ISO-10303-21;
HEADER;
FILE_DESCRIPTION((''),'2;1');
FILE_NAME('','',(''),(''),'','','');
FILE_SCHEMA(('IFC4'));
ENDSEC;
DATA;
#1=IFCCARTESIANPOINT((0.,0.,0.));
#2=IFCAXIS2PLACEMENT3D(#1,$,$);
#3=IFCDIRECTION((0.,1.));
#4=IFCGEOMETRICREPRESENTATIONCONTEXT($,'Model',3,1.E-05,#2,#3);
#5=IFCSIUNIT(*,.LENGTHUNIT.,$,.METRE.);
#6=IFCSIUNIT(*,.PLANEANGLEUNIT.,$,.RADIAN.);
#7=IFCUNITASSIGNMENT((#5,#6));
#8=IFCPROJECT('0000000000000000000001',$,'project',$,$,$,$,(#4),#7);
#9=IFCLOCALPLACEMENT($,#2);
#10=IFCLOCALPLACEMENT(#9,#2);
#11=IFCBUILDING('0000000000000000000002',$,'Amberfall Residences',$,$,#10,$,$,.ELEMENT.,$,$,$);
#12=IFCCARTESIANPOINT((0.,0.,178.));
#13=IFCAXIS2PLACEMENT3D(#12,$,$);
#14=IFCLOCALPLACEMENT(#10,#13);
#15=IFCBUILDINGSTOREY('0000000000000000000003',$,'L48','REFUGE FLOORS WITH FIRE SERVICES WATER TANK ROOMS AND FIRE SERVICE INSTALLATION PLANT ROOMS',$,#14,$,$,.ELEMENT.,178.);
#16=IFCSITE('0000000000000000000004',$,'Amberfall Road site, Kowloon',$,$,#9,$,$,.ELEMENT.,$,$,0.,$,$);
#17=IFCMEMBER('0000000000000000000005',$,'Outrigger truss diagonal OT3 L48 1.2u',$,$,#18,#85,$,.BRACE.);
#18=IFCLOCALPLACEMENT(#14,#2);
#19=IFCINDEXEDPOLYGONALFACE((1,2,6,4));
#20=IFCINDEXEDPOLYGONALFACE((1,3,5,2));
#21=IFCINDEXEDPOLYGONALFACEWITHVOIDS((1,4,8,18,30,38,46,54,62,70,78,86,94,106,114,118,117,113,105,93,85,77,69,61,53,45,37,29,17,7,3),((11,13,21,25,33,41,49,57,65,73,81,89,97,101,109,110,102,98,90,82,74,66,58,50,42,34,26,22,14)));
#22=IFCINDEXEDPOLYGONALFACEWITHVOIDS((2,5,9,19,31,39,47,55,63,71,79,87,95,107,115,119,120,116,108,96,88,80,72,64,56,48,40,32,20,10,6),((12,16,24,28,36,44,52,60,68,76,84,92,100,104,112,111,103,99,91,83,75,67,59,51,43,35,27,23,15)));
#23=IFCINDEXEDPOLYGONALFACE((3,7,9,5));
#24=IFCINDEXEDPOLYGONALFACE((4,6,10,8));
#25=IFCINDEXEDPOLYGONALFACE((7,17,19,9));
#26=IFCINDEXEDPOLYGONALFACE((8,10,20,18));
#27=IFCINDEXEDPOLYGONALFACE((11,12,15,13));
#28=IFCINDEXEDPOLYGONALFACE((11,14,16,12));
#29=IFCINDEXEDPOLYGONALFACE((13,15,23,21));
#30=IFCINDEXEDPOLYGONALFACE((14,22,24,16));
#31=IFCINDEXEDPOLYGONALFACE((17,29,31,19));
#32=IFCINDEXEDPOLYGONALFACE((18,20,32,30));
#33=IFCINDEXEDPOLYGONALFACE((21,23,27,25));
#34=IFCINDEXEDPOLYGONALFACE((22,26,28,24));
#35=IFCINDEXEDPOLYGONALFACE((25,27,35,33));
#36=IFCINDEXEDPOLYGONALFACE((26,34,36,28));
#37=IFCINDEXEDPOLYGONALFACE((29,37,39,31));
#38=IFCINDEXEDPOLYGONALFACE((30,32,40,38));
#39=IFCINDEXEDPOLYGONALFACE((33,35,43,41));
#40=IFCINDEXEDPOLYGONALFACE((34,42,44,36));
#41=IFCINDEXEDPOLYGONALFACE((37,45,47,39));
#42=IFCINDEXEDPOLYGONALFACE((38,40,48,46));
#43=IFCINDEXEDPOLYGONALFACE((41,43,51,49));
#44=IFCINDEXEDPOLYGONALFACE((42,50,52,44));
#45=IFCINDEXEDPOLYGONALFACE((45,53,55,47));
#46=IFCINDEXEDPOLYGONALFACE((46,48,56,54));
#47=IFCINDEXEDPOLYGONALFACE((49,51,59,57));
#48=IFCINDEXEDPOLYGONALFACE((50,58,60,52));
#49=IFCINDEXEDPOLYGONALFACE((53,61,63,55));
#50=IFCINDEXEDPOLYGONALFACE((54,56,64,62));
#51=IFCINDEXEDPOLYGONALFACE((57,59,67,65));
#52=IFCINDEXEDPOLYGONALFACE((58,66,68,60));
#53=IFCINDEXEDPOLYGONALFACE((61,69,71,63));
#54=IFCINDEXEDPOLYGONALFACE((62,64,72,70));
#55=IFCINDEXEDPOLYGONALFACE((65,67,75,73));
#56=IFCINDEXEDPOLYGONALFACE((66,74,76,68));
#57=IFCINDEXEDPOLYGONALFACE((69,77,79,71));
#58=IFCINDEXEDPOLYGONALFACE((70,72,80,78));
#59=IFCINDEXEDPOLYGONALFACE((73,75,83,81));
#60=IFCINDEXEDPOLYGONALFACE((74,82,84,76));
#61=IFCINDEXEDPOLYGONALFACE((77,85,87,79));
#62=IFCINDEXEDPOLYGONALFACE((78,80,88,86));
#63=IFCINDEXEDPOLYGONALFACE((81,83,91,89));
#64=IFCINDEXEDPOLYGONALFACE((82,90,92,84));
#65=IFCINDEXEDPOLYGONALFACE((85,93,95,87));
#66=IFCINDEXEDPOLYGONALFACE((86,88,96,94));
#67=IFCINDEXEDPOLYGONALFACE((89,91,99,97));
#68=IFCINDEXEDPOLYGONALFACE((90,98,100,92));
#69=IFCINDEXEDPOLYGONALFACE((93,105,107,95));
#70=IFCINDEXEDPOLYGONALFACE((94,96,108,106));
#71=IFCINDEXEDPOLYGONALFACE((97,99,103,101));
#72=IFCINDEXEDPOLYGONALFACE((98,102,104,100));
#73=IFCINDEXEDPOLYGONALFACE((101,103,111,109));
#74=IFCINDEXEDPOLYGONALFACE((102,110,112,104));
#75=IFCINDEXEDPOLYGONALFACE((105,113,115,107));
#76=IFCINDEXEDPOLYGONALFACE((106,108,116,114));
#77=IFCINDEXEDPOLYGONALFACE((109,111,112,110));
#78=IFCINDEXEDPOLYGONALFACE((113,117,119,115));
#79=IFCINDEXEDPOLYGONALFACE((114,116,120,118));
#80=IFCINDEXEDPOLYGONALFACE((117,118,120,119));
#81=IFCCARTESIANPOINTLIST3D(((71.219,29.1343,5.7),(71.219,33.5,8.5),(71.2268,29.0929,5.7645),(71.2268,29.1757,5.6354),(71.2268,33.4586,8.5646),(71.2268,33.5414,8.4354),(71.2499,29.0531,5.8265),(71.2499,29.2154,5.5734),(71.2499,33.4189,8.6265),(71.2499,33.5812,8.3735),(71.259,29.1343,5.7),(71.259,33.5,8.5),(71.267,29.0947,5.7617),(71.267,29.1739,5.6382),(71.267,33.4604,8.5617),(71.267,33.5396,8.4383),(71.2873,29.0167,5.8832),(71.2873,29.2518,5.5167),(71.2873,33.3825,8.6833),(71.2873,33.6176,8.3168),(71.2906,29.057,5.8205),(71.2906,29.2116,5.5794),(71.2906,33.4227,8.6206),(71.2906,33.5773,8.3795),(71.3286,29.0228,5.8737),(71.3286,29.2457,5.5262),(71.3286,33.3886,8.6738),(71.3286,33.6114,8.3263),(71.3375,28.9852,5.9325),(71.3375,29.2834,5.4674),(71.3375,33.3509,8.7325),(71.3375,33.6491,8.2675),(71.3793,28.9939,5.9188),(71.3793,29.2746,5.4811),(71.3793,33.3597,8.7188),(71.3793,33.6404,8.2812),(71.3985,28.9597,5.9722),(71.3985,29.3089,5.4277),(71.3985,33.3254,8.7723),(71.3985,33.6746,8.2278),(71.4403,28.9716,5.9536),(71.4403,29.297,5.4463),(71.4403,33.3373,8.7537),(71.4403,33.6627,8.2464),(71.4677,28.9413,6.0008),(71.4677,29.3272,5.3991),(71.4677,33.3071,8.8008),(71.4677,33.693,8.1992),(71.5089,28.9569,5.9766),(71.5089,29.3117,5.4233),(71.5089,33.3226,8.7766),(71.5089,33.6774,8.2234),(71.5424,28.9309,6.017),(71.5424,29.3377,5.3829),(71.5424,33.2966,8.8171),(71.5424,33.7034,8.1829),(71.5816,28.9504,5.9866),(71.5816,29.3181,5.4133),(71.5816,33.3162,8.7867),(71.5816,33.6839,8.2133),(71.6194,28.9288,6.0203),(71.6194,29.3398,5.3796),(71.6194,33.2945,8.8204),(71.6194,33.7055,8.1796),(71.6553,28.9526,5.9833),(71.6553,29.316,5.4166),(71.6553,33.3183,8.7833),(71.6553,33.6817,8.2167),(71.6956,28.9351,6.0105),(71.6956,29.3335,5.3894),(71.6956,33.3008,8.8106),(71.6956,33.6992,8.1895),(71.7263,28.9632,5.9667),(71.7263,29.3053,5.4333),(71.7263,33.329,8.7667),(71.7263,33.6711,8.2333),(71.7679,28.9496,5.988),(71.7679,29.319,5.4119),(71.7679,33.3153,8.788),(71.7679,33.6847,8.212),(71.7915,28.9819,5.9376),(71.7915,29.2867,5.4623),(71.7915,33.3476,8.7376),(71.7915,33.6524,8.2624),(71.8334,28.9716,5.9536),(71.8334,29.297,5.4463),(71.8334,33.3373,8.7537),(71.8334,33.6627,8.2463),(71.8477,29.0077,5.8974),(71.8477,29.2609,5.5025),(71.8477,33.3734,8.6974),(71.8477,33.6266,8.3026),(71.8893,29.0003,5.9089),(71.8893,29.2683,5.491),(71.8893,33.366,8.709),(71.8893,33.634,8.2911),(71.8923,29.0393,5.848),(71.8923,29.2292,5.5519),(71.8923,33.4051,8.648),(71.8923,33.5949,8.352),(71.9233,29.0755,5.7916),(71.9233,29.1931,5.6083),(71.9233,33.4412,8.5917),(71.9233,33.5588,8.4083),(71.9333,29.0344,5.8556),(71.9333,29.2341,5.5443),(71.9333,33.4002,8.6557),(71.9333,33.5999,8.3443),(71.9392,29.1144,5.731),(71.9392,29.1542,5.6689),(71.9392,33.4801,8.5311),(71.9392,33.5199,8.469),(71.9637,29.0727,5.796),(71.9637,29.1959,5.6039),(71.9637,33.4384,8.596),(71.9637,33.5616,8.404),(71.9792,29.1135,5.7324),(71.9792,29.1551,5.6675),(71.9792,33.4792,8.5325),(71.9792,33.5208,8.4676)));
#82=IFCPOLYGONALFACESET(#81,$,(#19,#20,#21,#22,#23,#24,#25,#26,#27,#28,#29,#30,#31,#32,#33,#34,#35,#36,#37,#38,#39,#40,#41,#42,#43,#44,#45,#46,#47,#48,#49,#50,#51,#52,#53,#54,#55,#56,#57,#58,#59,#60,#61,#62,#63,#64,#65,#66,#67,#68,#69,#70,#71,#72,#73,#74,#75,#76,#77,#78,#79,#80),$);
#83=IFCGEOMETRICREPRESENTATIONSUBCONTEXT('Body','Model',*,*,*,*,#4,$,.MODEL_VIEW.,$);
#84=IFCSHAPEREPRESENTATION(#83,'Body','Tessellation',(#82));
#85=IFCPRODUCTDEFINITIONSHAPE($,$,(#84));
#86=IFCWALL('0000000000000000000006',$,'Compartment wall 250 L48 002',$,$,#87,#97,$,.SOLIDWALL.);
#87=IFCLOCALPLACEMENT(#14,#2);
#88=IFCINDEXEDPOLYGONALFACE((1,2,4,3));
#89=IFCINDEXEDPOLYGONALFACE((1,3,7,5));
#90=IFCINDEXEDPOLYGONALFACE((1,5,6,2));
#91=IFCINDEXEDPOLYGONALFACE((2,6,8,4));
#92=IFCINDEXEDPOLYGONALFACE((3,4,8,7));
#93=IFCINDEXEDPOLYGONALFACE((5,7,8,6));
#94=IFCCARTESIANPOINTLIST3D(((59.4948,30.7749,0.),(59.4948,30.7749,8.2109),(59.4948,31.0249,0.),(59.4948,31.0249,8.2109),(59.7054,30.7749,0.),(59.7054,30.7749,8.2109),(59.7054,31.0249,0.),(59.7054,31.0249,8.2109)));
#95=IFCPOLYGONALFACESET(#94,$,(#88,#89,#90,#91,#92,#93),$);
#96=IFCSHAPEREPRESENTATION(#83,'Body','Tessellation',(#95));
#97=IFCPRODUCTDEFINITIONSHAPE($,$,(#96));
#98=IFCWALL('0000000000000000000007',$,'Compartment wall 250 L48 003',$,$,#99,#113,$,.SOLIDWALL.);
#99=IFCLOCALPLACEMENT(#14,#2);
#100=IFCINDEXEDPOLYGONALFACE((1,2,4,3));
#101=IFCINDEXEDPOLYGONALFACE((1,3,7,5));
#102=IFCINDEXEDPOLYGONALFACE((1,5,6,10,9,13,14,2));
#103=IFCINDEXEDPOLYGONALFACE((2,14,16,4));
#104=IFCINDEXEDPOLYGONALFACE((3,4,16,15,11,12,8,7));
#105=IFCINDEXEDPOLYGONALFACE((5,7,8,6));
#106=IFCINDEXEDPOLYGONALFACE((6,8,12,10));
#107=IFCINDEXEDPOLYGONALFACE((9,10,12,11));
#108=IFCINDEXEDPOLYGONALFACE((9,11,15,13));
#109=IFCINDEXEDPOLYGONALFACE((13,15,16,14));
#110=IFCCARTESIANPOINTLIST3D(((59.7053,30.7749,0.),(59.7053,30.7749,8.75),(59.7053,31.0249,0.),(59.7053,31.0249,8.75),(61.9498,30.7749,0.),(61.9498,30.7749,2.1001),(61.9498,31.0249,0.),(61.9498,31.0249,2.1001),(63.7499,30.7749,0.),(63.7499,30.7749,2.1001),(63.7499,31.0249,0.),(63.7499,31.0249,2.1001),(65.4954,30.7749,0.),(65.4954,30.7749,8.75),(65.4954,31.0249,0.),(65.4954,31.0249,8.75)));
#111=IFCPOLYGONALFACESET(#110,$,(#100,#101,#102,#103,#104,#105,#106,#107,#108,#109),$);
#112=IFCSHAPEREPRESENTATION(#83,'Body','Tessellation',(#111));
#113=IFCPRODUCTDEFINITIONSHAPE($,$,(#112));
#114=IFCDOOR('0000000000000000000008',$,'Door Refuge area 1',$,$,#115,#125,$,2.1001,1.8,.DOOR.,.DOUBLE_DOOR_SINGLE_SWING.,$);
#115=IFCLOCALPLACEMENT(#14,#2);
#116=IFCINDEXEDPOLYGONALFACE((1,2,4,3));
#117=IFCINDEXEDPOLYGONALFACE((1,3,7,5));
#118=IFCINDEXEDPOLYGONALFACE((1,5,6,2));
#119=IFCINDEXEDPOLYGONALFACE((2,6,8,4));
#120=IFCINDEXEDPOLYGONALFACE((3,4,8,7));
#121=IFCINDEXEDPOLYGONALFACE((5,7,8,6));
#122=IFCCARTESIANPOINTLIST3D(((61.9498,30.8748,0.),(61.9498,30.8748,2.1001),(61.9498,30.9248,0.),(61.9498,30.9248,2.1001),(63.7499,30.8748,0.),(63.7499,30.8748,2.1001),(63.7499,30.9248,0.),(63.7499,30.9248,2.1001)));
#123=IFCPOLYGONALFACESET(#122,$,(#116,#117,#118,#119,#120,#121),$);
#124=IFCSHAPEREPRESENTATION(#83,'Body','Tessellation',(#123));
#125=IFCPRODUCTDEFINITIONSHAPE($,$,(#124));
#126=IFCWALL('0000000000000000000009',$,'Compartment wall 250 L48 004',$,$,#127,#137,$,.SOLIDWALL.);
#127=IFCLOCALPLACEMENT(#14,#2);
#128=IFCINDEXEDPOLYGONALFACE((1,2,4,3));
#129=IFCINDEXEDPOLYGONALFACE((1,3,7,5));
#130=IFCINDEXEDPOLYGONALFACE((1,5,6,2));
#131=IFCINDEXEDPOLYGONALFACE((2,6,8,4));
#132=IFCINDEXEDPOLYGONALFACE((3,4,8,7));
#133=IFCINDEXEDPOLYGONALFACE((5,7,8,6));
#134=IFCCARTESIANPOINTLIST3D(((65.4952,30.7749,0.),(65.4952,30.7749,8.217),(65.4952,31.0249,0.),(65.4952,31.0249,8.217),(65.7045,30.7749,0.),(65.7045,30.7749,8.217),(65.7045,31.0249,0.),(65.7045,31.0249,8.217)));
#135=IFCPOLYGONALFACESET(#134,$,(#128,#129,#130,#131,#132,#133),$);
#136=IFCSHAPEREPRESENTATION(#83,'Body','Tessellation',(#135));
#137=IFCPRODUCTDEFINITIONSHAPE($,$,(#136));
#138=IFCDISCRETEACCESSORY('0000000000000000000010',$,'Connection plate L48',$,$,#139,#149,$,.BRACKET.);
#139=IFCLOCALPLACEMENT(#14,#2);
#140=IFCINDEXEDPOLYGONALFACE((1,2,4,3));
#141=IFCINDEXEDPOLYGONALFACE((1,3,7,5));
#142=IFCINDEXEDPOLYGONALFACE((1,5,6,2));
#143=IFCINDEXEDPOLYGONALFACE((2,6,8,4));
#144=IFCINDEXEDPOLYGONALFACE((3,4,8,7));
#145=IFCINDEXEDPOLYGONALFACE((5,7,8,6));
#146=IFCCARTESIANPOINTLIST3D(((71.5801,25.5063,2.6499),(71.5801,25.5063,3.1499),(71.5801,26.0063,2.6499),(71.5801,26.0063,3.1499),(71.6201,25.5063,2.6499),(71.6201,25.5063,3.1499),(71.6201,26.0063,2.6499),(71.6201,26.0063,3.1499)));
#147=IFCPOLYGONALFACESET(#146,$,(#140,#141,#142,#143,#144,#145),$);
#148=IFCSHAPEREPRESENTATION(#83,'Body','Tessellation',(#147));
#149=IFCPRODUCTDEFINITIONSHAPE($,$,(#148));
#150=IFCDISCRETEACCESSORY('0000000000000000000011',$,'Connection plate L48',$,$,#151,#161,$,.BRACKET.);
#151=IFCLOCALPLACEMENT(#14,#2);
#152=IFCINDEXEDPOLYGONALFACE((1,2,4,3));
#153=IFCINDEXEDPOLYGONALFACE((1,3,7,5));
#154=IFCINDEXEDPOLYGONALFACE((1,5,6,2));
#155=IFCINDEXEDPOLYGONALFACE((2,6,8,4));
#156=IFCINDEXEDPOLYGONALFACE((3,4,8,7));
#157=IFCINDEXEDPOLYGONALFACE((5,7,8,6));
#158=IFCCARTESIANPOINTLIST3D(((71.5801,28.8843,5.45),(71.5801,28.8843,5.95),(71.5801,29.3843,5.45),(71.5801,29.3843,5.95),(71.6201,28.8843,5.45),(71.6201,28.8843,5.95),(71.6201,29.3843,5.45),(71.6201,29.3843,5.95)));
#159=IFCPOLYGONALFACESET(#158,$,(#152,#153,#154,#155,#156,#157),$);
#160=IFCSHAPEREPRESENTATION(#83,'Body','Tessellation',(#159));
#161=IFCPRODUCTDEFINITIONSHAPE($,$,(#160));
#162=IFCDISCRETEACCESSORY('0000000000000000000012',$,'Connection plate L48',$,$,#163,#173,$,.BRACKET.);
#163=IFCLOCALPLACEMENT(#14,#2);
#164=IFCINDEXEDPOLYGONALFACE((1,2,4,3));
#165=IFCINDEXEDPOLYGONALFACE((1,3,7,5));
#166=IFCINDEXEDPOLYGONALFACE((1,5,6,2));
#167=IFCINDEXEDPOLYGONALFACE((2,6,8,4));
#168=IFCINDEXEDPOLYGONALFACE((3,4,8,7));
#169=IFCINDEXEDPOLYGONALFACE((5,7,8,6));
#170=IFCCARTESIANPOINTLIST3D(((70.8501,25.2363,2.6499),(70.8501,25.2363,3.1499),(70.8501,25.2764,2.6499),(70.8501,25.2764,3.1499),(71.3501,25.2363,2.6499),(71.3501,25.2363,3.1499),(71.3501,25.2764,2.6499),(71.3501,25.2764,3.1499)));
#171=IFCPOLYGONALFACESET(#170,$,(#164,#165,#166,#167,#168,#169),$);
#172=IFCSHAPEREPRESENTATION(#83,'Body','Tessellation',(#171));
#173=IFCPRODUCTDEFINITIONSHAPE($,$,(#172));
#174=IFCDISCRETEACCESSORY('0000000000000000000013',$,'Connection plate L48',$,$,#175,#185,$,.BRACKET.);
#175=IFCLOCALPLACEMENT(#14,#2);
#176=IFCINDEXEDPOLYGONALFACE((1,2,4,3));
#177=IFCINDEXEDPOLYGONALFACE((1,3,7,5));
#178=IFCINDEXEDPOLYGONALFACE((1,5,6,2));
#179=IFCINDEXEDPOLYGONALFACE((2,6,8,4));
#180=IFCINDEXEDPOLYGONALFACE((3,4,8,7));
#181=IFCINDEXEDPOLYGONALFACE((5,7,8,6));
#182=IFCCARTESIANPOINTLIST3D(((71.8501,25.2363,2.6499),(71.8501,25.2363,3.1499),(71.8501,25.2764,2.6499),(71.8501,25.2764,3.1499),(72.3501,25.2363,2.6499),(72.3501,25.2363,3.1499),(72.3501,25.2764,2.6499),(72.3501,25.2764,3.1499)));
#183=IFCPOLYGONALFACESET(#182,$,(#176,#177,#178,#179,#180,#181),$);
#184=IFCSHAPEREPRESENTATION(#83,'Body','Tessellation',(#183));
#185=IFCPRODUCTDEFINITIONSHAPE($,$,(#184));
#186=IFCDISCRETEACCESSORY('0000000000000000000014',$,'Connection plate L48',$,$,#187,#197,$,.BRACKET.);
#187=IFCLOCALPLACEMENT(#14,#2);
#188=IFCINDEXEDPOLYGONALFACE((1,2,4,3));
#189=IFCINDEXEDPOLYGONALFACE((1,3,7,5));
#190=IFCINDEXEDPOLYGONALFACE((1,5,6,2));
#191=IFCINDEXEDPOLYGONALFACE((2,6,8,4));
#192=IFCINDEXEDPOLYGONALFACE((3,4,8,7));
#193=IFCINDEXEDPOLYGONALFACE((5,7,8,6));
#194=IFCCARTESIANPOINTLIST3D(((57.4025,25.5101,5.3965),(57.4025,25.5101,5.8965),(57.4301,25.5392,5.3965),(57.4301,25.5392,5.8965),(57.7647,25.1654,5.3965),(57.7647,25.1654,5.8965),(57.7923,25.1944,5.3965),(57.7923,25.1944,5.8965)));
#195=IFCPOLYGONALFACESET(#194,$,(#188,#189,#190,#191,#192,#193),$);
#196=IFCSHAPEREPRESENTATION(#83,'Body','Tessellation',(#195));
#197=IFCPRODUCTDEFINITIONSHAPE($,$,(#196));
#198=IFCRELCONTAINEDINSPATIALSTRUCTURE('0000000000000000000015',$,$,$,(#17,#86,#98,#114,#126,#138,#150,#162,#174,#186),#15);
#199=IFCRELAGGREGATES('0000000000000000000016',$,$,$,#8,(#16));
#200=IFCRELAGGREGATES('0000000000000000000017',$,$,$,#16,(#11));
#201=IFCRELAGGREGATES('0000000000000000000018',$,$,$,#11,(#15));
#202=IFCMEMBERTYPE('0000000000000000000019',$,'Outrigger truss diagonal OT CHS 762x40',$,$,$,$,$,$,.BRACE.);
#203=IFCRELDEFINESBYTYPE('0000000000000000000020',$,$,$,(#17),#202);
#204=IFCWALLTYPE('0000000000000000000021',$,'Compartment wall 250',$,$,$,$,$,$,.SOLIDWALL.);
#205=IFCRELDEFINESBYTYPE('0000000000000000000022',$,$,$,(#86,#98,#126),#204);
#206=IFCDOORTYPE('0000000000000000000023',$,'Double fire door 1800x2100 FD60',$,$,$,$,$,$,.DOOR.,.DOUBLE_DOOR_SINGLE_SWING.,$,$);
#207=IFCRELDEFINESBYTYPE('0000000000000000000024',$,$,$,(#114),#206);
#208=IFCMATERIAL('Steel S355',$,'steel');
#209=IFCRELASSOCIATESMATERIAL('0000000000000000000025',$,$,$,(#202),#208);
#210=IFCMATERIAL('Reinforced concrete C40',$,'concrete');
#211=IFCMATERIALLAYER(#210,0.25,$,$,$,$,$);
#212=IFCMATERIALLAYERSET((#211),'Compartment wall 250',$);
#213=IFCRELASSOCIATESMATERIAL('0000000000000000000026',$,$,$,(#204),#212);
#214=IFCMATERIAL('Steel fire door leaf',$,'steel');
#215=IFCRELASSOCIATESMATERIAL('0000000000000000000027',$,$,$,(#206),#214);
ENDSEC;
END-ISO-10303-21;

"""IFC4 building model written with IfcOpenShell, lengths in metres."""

from ifc_helpers import new_model, si_unit, direction, frame, frame_2d, origin, origin_2d, place, context, subcontext, project, spatial, rectangle, hollow_circle, extrude, material, layer, layer_set, material_profile, profile_set, type_object, element, fill, save


model = new_model("IFC4")

# Units and contexts
model_context = context("Model", 3, precision=1e-05, world=origin(), true_north=direction((0.0, 1.0)))
body_context = subcontext(model_context, "Body", "Model", "MODEL_VIEW")
ifc_project = project(units=[si_unit("LENGTHUNIT", "METRE"), si_unit("PLANEANGLEUNIT", "RADIAN")], contexts=[model_context])

# Site, building, storey
site_placement = place(None, origin())
site = spatial("IfcSite", under=ifc_project, at=site_placement, Name="Amberfall Road site, Kowloon", CompositionType="ELEMENT", RefElevation=0.0)
building_placement = place(site_placement, origin())
building = spatial("IfcBuilding", under=site, at=building_placement, Name="Amberfall Residences", CompositionType="ELEMENT")
storey_placement = place(building_placement, frame((0.0, 0.0, 178.0)))
storey = spatial("IfcBuildingStorey", under=building, at=storey_placement, Name="L48", Description="REFUGE FLOORS WITH FIRE SERVICES WATER TANK ROOMS AND FIRE SERVICE INSTALLATION PLANT ROOMS", CompositionType="ELEMENT", Elevation=178.0)

# Shared definitions
ifc_material_1 = material(Name="Steel S355", Category="steel")

# Member
ifc_material_profile_1 = material_profile(ifc_material_1, hollow_circle(Radius=0.3811, WallThickness=0.04, at=origin_2d()), Name="CHS 762x40")
ifc_profile_set_1 = profile_set([ifc_material_profile_1], Name="Steel S355")
member_type_1 = type_object("IfcMemberType", Name="Outrigger truss diagonal OT CHS 762x40", PredefinedType="BRACE", material=ifc_profile_set_1)
for number, where, z_axis, x_axis, name in (
    (1, (71.6001, 29.1343, 5.7), (0.0, 0.841747, 0.539872), (-1.0, 0.0, 0.0), "Outrigger truss diagonal OT3 L48 1.2u"),
):
    element("IfcMember", number, at=place(storey_placement, frame(where, z_axis=z_axis, x_axis=x_axis)), inside=storey, type_object=member_type_1, Name=name, PredefinedType="BRACE", context=body_context, shape_type="SweptSolid", body=[
        extrude(hollow_circle(Radius=0.3811, WallThickness=0.04, at=origin_2d()), origin(), (0.0, 0.0, 1.0), 5.1865),
    ])

# Wall
ifc_material_2 = material(Name="Reinforced concrete C40", Category="concrete")
ifc_layer = layer(ifc_material_2, 0.25)
ifc_layer_set = layer_set([ifc_layer], Name="Compartment wall 250")
wall_type = type_object("IfcWallType", Name="Compartment wall 250", PredefinedType="SOLIDWALL", material=ifc_layer_set)
wall_1_placement = place(storey_placement, frame((59.4946, 30.8999, 0.0), z_axis=(0.0, 0.0, 1.0), x_axis=(1.0, 0.0, 0.0)))
element("IfcWall", 2, at=wall_1_placement, inside=storey, type_object=wall_type, Name="Compartment wall 250 L48 002", PredefinedType="SOLIDWALL", context=body_context, shape_type="SweptSolid", body=[
    extrude(rectangle(XDim=0.2107, YDim=0.25, at=frame_2d((0.1055, 0.0))), origin(), (0.0, 0.0, 1.0), 8.2109),
])

# Wall, opening, door
wall_2_placement = place(storey_placement, frame((59.7053, 30.8999, 0.0), z_axis=(0.0, 0.0, 1.0), x_axis=(1.0, 0.0, 0.0)))
wall_2 = element("IfcWall", 3, at=wall_2_placement, inside=storey, type_object=wall_type, Name="Compartment wall 250 L48 003", PredefinedType="SOLIDWALL", context=body_context, shape_type="SweptSolid", body=[
    extrude(rectangle(XDim=5.79, YDim=0.25, at=frame_2d((2.895, 0.0))), origin(), (0.0, 0.0, 1.0), 8.75),
])
opening_placement = place(wall_2_placement, frame((2.2446, 0.0, 0.0)))
opening = element("IfcOpeningElement", 4, at=opening_placement, cuts=wall_2, PredefinedType="OPENING", context=body_context, shape_type="SweptSolid", body=[
    extrude(rectangle(XDim=1.8, YDim=2.1001, at=frame_2d((0.8999, 1.05))), frame((0.0, 0.135, 0.0), z_axis=(0.0, -1.0, 0.0), x_axis=(1.0, 0.0, 0.0)), (0.0, 0.0, 1.0), 0.27),
])
ifc_material_3 = material(Name="Steel fire door leaf", Category="steel")
door_type = type_object("IfcDoorType", Name="Double fire door 1800x2100 FD60", OperationType="DOUBLE_DOOR_SINGLE_SWING", PredefinedType="DOOR", material=ifc_material_3)
door_placement = place(opening_placement, origin())
door = element("IfcDoor", 5, at=door_placement, inside=storey, type_object=door_type, Name="Door Refuge area 1", OperationType="DOUBLE_DOOR_SINGLE_SWING", OverallHeight=2.1001, OverallWidth=1.8, PredefinedType="DOOR", context=body_context, shape_type="SweptSolid", body=[
    extrude(rectangle(XDim=1.8, YDim=2.1001, at=frame_2d((0.8999, 1.05))), frame((0.0, 0.0249, 0.0), z_axis=(0.0, -1.0, 0.0), x_axis=(1.0, 0.0, 0.0)), (0.0, 0.0, 1.0), 0.05),
])
fill(opening, door)

# Wall
wall_3_placement = place(storey_placement, frame((65.4954, 30.8999, 0.0), z_axis=(0.0, 0.0, 1.0), x_axis=(1.0, 0.0, 0.0)))
element("IfcWall", 6, at=wall_3_placement, inside=storey, type_object=wall_type, Name="Compartment wall 250 L48 004", PredefinedType="SOLIDWALL", context=body_context, shape_type="SweptSolid", body=[
    extrude(rectangle(XDim=0.2092, YDim=0.25, at=frame_2d((0.1045, 0.0))), origin(), (0.0, 0.0, 1.0), 8.217),
])

# Discrete accessories
for number, where, z_axis, x_axis, name in (
    (7, (71.6001, 25.7563, 2.6499), (0.0, 0.0, 1.0), (0.0, 1.0, 0.0), "Connection plate L48"),
    (8, (71.6001, 29.1343, 5.45), (0.0, 0.0, 1.0), (0.0, 1.0, 0.0), "Connection plate L48"),
    (9, (71.1001, 25.2563, 2.6499), (0.0, 0.0, 1.0), (1.0, 0.0, 0.0), "Connection plate L48"),
    (10, (72.1001, 25.2563, 2.6499), (0.0, 0.0, 1.0), (1.0, 0.0, 0.0), "Connection plate L48"),
    (11, (57.5974, 25.3523, 5.3965), (0.0, 0.0, 1.0), (0.724364, -0.689417, 0.0), "Connection plate L48"),
):
    element("IfcDiscreteAccessory", number, at=place(storey_placement, frame(where, z_axis=z_axis, x_axis=x_axis)), inside=storey, Name=name, PredefinedType="BRACKET", context=body_context, shape_type="SweptSolid", body=[
        extrude(rectangle(XDim=0.5, YDim=0.04, at=origin_2d()), origin(), (0.0, 0.0, 1.0), 0.5),
    ])

save(model, "model.ifc")
